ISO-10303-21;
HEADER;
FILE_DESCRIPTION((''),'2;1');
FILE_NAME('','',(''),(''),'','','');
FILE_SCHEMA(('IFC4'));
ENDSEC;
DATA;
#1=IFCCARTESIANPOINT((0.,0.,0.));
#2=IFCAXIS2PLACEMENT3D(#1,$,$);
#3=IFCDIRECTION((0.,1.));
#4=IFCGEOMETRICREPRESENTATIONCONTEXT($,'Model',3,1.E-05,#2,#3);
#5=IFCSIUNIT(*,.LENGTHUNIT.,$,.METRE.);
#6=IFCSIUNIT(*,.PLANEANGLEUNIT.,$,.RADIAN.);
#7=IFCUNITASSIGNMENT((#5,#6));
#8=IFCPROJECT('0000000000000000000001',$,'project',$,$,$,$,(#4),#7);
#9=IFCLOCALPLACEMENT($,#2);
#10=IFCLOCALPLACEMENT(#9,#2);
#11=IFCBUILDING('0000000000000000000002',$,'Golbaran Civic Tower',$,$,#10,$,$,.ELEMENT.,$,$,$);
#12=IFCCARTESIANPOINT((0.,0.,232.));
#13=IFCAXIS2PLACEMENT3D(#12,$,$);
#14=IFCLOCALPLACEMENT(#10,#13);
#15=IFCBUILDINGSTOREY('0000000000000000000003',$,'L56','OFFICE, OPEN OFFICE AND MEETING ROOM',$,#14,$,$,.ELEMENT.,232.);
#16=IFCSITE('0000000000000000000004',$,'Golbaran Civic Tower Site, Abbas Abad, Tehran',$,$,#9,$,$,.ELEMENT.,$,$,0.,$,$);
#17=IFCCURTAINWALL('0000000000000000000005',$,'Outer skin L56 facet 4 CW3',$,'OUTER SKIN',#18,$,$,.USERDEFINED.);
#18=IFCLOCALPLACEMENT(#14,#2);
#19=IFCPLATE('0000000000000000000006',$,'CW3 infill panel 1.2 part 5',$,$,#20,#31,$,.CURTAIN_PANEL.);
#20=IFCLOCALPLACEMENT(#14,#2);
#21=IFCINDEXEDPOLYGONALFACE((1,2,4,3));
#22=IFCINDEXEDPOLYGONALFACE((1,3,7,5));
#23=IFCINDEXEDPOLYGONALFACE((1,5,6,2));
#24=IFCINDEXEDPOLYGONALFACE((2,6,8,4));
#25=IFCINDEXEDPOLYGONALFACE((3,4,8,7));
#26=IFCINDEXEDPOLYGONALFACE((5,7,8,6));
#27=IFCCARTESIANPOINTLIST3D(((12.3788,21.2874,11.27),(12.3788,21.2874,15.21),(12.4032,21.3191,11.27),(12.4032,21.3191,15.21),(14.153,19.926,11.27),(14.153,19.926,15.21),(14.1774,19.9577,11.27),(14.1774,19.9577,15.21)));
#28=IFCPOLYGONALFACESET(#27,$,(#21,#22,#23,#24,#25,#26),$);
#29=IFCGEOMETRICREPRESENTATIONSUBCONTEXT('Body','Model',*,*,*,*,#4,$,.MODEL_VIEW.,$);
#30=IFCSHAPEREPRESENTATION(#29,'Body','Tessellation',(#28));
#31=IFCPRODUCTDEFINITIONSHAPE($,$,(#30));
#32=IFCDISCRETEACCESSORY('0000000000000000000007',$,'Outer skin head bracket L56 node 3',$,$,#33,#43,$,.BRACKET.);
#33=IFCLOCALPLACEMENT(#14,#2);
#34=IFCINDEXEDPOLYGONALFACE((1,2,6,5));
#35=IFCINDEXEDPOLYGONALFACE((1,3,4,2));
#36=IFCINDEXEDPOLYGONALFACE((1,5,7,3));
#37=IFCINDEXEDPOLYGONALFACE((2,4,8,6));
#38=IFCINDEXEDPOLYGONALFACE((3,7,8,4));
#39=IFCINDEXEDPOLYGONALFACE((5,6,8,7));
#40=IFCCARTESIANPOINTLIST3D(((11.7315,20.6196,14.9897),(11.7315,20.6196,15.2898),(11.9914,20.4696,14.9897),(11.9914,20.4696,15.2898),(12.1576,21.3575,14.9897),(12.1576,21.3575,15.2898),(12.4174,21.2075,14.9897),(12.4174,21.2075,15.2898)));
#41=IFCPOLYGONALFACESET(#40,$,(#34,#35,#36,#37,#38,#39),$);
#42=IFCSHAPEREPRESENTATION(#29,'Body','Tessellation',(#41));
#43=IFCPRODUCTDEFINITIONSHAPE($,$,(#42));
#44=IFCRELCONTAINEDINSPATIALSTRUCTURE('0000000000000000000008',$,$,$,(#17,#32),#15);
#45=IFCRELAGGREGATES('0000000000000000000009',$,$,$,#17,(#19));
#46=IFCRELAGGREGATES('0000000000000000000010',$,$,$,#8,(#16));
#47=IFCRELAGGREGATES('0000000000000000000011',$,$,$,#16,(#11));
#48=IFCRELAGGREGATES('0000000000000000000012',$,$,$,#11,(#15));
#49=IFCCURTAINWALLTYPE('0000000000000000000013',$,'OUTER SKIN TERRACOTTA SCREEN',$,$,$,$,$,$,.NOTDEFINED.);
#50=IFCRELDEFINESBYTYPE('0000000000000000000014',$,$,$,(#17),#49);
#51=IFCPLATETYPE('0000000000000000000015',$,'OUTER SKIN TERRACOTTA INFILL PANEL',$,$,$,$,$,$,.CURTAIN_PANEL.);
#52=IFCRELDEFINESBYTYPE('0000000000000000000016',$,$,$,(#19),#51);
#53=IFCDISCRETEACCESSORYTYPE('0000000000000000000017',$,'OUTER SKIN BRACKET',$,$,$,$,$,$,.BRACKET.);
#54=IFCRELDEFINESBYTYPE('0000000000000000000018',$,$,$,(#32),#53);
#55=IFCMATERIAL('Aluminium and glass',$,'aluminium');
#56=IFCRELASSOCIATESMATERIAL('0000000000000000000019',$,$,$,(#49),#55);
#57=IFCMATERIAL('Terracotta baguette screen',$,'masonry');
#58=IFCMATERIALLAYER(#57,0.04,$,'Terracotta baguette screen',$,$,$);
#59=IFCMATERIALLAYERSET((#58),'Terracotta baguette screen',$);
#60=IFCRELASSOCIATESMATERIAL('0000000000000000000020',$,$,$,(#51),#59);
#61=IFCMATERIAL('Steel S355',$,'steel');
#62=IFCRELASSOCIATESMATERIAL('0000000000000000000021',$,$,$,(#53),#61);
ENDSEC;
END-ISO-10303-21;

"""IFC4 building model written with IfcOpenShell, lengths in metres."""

from ifc_helpers import new_model, si_unit, direction, frame, origin, origin_2d, place, context, subcontext, project, spatial, rectangle, extrude, material, layer, layer_set, type_object, element, aggregate, save


model = new_model("IFC4")

# Units and contexts
model_context = context("Model", 3, precision=1e-05, world=origin(), true_north=direction((0.0, 1.0)))
body_context = subcontext(model_context, "Body", "Model", "MODEL_VIEW")
ifc_project = project(units=[si_unit("LENGTHUNIT", "METRE"), si_unit("PLANEANGLEUNIT", "RADIAN")], contexts=[model_context])

# Site, building, storey
site_placement = place(None, origin())
site = spatial("IfcSite", under=ifc_project, at=site_placement, Name="Golbaran Civic Tower Site, Abbas Abad, Tehran", CompositionType="ELEMENT", RefElevation=0.0)
building_placement = place(site_placement, origin())
building = spatial("IfcBuilding", under=site, at=building_placement, Name="Golbaran Civic Tower", CompositionType="ELEMENT")
storey_placement = place(building_placement, frame((0.0, 0.0, 232.0)))
storey = spatial("IfcBuildingStorey", under=building, at=storey_placement, Name="L56", Description="OFFICE, OPEN OFFICE AND MEETING ROOM", CompositionType="ELEMENT", Elevation=232.0)

# Shared definitions
ifc_material_1 = material(Name="Aluminium and glass", Category="aluminium")

# Curtain wall, plate
curtain_wall_type_1 = type_object("IfcCurtainWallType", Name="OUTER SKIN TERRACOTTA SCREEN", PredefinedType="NOTDEFINED", material=ifc_material_1)
curtain_wall_1_placement = place(storey_placement, origin())
curtain_wall_1 = element("IfcCurtainWall", 1, at=curtain_wall_1_placement, inside=storey, type_object=curtain_wall_type_1, Name="Outer skin L56 facet 4 CW3", ObjectType="OUTER SKIN", PredefinedType="USERDEFINED")
ifc_material_2 = material(Name="Terracotta baguette screen", Category="masonry")
ifc_layer_1 = layer(ifc_material_2, 0.04, Name="Terracotta baguette screen")
ifc_layer_set_1 = layer_set([ifc_layer_1], Name="Terracotta baguette screen")
plate_type_1 = type_object("IfcPlateType", Name="OUTER SKIN TERRACOTTA INFILL PANEL", PredefinedType="CURTAIN_PANEL", material=ifc_layer_set_1)
plate_1_placement = place(storey_placement, frame((13.2781, 20.6226, 11.27), z_axis=(0.0, 0.0, 1.0), x_axis=(-0.793353, 0.608761, 0.0)))
plate_1 = element("IfcPlate", 2, at=plate_1_placement, type_object=plate_type_1, Name="CW3 infill panel 1.2 part 5", PredefinedType="CURTAIN_PANEL", context=body_context, shape_type="SweptSolid", body=[
    extrude(rectangle(XDim=2.2363, YDim=0.04, at=origin_2d()), origin(), (0.0, 0.0, 1.0), 3.9399),
])
aggregate(curtain_wall_1, [plate_1])

# Discrete accessory
ifc_material_3 = material(Name="Steel S355", Category="steel")
discrete_accessory_type = type_object("IfcDiscreteAccessoryType", Name="OUTER SKIN BRACKET", PredefinedType="BRACKET", material=ifc_material_3)
discrete_accessory_placement = place(storey_placement, frame((12.0745, 20.9136, 14.9897), z_axis=(0.0, 0.0, 1.0), x_axis=(0.5, 0.866025, 0.0)))
element("IfcDiscreteAccessory", 3, at=discrete_accessory_placement, inside=storey, type_object=discrete_accessory_type, Name="Outer skin head bracket L56 node 3", PredefinedType="BRACKET", context=body_context, shape_type="SweptSolid", body=[
    extrude(rectangle(XDim=0.8521, YDim=0.3, at=origin_2d()), origin(), (0.0, 0.0, 1.0), 0.3),
])

save(model, "model.ifc")
